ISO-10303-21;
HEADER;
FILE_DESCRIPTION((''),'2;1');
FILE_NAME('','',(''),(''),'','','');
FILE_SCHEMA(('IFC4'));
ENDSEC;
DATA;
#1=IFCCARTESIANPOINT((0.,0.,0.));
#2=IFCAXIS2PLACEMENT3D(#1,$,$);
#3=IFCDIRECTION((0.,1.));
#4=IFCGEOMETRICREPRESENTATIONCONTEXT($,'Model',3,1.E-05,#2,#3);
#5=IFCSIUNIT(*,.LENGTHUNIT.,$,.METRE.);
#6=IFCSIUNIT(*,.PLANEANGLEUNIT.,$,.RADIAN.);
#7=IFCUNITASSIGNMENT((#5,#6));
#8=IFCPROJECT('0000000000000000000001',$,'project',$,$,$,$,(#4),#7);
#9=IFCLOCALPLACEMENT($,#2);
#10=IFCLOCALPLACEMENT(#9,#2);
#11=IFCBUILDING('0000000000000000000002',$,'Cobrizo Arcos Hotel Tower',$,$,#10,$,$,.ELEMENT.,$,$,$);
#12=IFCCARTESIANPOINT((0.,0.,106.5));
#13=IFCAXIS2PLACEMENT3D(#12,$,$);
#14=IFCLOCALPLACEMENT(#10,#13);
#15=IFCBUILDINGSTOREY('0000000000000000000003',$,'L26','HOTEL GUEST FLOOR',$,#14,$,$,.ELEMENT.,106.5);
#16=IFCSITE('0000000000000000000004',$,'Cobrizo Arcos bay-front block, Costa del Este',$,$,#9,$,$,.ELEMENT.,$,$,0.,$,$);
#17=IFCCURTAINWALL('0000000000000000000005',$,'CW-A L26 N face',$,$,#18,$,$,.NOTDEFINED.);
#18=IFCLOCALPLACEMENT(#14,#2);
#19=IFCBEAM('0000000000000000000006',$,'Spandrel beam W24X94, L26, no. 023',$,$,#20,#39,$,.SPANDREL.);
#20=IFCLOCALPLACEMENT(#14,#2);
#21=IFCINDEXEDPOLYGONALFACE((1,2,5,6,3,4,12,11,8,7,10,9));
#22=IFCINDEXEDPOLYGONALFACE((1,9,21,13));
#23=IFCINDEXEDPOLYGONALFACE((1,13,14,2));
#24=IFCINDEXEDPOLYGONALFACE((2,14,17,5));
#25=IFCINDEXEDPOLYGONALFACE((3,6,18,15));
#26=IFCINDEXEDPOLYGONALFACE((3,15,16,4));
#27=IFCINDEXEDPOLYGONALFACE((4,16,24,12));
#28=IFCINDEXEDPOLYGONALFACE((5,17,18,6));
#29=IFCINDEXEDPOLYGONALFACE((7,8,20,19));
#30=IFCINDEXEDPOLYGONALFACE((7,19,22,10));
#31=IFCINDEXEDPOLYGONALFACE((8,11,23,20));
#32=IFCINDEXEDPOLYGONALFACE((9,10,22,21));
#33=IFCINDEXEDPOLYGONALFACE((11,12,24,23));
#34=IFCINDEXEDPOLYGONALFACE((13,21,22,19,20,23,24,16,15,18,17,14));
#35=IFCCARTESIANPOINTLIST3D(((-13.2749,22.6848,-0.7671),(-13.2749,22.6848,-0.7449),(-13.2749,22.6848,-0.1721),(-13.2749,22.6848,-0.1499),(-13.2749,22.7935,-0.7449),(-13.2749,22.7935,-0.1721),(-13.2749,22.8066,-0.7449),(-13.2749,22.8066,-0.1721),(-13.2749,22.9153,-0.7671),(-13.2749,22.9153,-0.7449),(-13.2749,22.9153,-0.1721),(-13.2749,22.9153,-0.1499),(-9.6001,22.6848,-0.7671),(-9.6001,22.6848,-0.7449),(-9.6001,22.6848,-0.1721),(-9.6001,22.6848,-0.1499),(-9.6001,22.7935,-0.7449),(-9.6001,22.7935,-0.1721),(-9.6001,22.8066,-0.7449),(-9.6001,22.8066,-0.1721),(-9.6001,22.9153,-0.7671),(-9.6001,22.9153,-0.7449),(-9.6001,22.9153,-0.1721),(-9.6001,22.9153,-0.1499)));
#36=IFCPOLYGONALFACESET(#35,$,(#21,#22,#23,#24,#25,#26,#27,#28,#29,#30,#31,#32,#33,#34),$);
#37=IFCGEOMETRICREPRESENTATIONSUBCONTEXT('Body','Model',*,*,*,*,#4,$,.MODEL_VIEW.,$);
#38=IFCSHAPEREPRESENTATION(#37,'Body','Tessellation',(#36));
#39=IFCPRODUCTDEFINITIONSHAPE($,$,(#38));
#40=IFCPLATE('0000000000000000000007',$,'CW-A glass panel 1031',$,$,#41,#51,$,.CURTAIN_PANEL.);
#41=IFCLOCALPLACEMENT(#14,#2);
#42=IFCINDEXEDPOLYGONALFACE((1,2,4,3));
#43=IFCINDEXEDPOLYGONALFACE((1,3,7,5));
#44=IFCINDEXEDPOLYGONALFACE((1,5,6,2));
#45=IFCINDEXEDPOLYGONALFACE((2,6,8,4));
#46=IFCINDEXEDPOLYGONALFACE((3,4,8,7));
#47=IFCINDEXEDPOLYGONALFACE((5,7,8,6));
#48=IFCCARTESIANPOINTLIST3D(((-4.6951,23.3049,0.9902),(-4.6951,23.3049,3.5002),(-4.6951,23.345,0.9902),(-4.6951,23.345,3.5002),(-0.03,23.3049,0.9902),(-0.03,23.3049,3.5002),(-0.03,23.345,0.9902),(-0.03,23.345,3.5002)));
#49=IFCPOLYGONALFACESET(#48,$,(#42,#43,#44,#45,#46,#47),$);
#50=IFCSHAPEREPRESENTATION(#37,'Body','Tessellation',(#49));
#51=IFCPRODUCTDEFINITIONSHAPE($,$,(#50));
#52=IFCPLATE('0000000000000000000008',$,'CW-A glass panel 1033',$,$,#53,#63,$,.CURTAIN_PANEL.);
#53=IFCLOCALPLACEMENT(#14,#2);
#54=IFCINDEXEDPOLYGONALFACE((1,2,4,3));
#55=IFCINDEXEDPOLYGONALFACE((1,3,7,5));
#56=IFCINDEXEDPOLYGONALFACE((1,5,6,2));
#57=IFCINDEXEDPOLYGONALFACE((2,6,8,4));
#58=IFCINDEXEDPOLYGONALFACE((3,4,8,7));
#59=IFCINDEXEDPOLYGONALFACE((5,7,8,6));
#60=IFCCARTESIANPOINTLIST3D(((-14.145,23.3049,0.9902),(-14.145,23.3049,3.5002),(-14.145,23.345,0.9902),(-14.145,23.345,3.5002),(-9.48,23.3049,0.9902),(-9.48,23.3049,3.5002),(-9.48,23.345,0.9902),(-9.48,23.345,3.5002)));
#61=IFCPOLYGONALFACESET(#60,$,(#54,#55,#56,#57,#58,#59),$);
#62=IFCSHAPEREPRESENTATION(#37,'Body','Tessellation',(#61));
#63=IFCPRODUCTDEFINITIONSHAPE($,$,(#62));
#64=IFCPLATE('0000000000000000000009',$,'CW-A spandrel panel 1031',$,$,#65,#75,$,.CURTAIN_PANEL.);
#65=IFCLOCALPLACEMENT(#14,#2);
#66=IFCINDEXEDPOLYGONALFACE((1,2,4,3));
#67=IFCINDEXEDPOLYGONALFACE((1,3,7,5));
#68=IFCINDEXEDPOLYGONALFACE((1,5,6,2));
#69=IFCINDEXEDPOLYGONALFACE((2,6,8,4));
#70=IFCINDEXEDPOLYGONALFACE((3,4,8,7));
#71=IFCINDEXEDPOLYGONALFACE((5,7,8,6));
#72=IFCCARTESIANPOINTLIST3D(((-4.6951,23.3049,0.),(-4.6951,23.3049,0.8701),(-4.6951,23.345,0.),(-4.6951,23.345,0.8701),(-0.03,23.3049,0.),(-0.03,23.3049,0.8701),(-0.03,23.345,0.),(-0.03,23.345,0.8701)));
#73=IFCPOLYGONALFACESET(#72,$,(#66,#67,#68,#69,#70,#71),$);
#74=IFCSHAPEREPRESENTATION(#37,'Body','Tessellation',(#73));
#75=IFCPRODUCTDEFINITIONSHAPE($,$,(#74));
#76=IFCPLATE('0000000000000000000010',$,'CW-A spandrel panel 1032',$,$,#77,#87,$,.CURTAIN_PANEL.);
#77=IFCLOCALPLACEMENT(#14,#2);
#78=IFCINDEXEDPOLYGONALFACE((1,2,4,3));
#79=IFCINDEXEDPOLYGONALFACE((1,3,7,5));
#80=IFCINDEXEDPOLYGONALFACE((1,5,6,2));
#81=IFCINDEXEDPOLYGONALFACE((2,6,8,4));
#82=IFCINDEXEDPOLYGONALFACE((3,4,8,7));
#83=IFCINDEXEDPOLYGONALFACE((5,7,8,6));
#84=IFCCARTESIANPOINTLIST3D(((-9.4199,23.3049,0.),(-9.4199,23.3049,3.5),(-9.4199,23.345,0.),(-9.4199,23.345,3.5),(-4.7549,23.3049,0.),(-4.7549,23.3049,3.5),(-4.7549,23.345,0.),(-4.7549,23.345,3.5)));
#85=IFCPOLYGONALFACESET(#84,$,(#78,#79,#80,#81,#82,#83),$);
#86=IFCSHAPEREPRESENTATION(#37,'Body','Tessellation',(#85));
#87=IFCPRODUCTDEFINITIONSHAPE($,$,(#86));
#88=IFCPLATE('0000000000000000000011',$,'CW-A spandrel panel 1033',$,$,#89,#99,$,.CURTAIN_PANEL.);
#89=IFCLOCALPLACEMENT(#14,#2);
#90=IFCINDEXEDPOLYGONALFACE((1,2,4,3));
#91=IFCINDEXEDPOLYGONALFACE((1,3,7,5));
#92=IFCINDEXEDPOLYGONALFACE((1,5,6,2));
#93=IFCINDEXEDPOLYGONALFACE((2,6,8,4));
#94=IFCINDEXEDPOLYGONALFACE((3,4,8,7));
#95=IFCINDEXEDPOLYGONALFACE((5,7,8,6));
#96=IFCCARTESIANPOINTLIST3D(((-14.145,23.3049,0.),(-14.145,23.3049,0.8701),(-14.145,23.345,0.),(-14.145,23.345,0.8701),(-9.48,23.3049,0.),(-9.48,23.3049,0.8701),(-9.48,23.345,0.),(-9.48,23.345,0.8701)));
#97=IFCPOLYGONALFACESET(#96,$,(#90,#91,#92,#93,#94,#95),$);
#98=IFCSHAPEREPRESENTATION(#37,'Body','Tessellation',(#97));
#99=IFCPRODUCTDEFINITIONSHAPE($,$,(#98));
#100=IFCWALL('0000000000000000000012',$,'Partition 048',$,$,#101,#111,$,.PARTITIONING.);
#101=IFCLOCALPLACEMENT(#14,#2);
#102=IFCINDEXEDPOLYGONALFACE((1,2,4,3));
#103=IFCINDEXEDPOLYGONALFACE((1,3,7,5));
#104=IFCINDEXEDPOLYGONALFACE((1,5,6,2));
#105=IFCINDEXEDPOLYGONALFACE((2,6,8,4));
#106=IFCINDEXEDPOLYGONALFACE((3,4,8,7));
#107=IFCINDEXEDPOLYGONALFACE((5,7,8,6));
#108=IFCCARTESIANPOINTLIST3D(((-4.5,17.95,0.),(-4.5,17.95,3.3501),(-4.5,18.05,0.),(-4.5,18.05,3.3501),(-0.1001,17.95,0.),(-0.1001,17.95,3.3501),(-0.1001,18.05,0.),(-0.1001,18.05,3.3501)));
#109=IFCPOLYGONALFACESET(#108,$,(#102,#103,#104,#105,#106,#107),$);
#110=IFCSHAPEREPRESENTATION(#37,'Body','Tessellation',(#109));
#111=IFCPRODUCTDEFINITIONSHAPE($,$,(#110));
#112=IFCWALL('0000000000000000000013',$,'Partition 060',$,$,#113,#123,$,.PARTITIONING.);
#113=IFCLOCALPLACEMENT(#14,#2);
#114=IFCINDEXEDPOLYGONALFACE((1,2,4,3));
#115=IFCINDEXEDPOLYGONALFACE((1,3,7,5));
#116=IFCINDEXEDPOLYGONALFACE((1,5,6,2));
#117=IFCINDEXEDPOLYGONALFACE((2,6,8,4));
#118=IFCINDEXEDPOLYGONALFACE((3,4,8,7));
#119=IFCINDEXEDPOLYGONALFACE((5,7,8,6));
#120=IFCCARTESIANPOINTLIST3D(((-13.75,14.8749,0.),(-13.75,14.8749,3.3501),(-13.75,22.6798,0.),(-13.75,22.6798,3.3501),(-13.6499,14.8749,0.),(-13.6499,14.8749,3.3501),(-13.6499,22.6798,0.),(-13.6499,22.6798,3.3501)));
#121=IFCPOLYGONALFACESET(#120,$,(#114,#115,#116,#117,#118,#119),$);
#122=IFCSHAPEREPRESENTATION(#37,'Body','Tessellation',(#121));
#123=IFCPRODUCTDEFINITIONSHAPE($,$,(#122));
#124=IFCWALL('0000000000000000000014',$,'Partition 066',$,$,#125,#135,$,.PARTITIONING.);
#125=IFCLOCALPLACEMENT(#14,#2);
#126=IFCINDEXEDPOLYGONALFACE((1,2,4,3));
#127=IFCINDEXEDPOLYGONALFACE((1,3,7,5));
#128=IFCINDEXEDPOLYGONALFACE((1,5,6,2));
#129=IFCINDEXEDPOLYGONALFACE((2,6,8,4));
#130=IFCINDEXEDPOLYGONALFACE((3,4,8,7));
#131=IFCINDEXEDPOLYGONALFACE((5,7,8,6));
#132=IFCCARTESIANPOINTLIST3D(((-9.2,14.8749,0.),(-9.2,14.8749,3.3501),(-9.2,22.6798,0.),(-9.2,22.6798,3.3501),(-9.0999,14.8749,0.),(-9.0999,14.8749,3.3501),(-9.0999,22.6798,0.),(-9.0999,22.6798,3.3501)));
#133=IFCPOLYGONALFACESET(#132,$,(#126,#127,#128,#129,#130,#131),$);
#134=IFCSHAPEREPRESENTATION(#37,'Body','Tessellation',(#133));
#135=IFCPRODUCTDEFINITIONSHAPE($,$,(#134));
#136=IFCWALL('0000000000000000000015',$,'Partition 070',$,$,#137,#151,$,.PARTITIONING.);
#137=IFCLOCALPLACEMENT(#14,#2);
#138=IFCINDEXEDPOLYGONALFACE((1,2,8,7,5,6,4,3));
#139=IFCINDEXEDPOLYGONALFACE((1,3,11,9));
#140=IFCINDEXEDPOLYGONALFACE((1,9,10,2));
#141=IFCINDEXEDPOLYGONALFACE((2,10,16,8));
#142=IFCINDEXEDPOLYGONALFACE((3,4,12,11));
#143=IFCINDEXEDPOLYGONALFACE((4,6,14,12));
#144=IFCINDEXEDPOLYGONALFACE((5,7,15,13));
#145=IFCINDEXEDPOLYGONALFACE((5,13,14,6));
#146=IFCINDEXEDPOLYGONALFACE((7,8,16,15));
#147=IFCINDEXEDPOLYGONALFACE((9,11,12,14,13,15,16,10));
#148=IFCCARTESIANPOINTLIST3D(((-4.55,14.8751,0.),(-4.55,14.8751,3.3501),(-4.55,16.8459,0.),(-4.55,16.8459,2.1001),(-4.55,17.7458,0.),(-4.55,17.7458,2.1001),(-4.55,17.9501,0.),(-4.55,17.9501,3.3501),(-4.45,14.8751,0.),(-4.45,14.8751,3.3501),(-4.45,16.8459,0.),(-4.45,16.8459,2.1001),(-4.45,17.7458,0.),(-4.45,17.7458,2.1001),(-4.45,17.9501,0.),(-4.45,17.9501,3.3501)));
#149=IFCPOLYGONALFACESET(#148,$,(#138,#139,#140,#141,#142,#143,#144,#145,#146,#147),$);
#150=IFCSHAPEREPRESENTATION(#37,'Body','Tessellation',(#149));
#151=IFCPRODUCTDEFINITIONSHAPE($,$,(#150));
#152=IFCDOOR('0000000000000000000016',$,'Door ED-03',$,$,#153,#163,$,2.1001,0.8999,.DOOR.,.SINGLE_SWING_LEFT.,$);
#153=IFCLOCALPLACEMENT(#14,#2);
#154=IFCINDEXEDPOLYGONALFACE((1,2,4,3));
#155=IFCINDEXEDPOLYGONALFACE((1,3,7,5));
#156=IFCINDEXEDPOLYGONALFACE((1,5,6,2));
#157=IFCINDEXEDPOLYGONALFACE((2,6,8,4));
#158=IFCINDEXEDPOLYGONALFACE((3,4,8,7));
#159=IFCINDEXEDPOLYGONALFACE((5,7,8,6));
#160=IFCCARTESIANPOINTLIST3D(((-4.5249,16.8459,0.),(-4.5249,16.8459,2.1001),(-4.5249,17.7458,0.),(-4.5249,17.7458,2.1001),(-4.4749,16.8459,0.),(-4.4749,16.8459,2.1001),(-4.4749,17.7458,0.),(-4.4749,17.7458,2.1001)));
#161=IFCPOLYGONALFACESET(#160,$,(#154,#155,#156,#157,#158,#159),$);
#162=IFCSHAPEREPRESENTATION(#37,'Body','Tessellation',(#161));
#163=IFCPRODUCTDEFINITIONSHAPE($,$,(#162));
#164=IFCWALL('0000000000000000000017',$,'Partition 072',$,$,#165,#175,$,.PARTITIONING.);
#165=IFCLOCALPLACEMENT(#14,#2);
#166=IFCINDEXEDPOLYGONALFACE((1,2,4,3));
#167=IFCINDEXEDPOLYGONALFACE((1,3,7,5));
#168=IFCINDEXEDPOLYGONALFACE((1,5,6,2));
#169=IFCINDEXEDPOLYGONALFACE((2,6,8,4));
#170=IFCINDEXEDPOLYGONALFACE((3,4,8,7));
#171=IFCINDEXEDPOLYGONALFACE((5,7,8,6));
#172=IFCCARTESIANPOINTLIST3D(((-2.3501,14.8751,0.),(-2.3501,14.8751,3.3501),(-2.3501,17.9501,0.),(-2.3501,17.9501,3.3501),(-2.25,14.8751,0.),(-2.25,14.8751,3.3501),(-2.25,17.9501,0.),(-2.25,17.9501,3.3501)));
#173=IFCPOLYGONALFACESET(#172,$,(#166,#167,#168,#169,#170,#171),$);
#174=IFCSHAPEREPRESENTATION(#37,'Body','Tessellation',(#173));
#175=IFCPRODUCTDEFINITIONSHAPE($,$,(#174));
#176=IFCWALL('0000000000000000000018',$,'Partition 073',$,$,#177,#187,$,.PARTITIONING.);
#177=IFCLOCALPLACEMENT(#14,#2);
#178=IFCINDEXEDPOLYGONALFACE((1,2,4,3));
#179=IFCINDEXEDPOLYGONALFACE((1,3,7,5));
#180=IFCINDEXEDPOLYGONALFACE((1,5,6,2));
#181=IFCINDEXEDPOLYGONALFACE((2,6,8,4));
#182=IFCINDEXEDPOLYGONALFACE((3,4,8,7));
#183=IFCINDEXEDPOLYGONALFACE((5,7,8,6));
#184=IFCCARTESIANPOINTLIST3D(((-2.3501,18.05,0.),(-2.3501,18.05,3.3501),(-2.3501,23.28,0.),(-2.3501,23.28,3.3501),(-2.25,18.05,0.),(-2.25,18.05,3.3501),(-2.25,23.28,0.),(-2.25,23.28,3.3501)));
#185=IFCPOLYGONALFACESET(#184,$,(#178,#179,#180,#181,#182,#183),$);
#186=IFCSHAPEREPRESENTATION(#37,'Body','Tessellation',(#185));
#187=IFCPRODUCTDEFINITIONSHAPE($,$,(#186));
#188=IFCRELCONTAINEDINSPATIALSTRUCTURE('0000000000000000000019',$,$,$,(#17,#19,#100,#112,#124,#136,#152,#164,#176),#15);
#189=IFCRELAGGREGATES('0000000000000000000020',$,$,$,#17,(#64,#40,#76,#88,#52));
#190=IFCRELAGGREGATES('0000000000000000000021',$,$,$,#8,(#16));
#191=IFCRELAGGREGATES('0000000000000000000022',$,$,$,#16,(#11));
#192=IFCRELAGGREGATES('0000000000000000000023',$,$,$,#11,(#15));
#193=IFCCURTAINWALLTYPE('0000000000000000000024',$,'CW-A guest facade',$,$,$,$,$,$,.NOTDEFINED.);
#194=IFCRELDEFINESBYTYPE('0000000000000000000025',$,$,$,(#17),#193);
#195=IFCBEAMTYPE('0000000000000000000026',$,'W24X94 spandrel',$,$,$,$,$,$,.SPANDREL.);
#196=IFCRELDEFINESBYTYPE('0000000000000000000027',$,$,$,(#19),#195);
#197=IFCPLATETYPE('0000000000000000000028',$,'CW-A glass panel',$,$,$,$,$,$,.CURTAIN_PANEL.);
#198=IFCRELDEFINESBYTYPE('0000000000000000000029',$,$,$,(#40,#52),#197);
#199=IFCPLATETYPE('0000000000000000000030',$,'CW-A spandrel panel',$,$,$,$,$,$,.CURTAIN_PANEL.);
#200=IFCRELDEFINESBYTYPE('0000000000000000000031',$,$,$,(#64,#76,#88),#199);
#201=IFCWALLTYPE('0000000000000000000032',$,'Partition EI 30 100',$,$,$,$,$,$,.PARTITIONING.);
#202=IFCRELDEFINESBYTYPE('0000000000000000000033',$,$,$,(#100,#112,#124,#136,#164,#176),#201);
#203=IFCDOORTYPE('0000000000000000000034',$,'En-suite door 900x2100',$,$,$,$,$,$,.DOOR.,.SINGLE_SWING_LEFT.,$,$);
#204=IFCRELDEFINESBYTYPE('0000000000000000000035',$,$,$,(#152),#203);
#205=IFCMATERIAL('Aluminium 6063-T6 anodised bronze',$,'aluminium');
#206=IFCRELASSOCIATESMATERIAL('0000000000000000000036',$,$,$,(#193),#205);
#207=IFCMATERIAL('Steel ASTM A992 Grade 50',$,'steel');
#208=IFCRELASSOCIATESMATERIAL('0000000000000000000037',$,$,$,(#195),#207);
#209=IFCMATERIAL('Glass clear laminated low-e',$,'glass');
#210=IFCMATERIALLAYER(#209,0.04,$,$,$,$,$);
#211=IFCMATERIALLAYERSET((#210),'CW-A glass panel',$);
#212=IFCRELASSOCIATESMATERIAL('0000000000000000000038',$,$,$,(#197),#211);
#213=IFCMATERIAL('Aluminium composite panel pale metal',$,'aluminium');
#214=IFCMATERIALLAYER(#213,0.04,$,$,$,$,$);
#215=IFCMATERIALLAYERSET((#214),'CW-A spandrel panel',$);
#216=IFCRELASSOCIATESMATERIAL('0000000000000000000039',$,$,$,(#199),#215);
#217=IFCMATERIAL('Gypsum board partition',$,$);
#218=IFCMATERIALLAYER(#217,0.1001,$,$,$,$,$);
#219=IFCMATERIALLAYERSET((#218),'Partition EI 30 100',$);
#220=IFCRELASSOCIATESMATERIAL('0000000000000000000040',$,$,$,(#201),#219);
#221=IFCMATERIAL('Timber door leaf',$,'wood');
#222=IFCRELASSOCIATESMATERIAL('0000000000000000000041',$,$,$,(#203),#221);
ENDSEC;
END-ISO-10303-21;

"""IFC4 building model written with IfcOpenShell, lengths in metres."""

from ifc_helpers import new_model, si_unit, direction, frame, frame_2d, origin, origin_2d, place, context, subcontext, project, spatial, rectangle, i_section, extrude, material, layer, layer_set, material_profile, profile_set, type_object, element, fill, aggregate, save


model = new_model("IFC4")

# Units and contexts
model_context = context("Model", 3, precision=1e-05, world=origin(), true_north=direction((0.0, 1.0)))
body_context = subcontext(model_context, "Body", "Model", "MODEL_VIEW")
ifc_project = project(units=[si_unit("LENGTHUNIT", "METRE"), si_unit("PLANEANGLEUNIT", "RADIAN")], contexts=[model_context])

# Site, building, storey
site_placement = place(None, origin())
site = spatial("IfcSite", under=ifc_project, at=site_placement, Name="Cobrizo Arcos bay-front block, Costa del Este", CompositionType="ELEMENT", RefElevation=0.0)
building_placement = place(site_placement, origin())
building = spatial("IfcBuilding", under=site, at=building_placement, Name="Cobrizo Arcos Hotel Tower", CompositionType="ELEMENT")
storey_placement = place(building_placement, frame((0.0, 0.0, 106.5)))
storey = spatial("IfcBuildingStorey", under=building, at=storey_placement, Name="L26", Description="HOTEL GUEST FLOOR", CompositionType="ELEMENT", Elevation=106.5)

# Curtain wall
ifc_material_1 = material(Name="Aluminium 6063-T6 anodised bronze", Category="aluminium")
curtain_wall_type = type_object("IfcCurtainWallType", Name="CW-A guest facade", PredefinedType="NOTDEFINED", material=ifc_material_1)
curtain_wall_placement = place(storey_placement, origin())
curtain_wall = element("IfcCurtainWall", 1, at=curtain_wall_placement, inside=storey, type_object=curtain_wall_type, Name="CW-A L26 N face", PredefinedType="NOTDEFINED")

# Beam
ifc_material_2 = material(Name="Steel ASTM A992 Grade 50", Category="steel")
ifc_material_profile_1 = material_profile(ifc_material_2, i_section(OverallWidth=0.2305, OverallDepth=0.6172, WebThickness=0.0132, FlangeThickness=0.0222, at=origin_2d()), Name="W24X94")
ifc_profile_set_1 = profile_set([ifc_material_profile_1], Name="Steel ASTM A992 Grade 50")
beam_type_1 = type_object("IfcBeamType", Name="W24X94 spandrel", PredefinedType="SPANDREL", material=ifc_profile_set_1)
beam_1_placement = place(storey_placement, frame((-9.6001, 22.8, -0.4585), z_axis=(-1.0, 0.0, 0.0), x_axis=(0.0, -1.0, 0.0)))
element("IfcBeam", 2, at=beam_1_placement, inside=storey, type_object=beam_type_1, Name="Spandrel beam W24X94, L26, no. 023", PredefinedType="SPANDREL", context=body_context, shape_type="SweptSolid", body=[
    extrude(i_section(OverallWidth=0.2305, OverallDepth=0.6172, WebThickness=0.0132, FlangeThickness=0.0222, at=origin_2d()), origin(), (0.0, 0.0, 1.0), 3.6748),
])

# Plates
ifc_material_3 = material(Name="Glass clear laminated low-e", Category="glass")
ifc_layer_1 = layer(ifc_material_3, 0.04)
ifc_layer_set_1 = layer_set([ifc_layer_1], Name="CW-A glass panel")
plate_type_1 = type_object("IfcPlateType", Name="CW-A glass panel", PredefinedType="CURTAIN_PANEL", material=ifc_layer_set_1)
plate_1_placement = place(storey_placement, frame((-2.3625, 23.325, 0.9902), z_axis=(0.0, 0.0, 1.0), x_axis=(-1.0, 0.0, 0.0)))
plate_1 = element("IfcPlate", 3, at=plate_1_placement, type_object=plate_type_1, Name="CW-A glass panel 1031", PredefinedType="CURTAIN_PANEL", context=body_context, shape_type="SweptSolid", body=[
    extrude(rectangle(XDim=4.665, YDim=0.04, at=origin_2d()), origin(), (0.0, 0.0, 1.0), 2.51),
])
plate_2_placement = place(storey_placement, frame((-11.8125, 23.325, 0.9902), z_axis=(0.0, 0.0, 1.0), x_axis=(-1.0, 0.0, 0.0)))
plate_2 = element("IfcPlate", 4, at=plate_2_placement, type_object=plate_type_1, Name="CW-A glass panel 1033", PredefinedType="CURTAIN_PANEL", context=body_context, shape_type="SweptSolid", body=[
    extrude(rectangle(XDim=4.665, YDim=0.04, at=origin_2d()), origin(), (0.0, 0.0, 1.0), 2.51),
])
ifc_material_4 = material(Name="Aluminium composite panel pale metal", Category="aluminium")
ifc_layer_2 = layer(ifc_material_4, 0.04)
ifc_layer_set_2 = layer_set([ifc_layer_2], Name="CW-A spandrel panel")
plate_type_2 = type_object("IfcPlateType", Name="CW-A spandrel panel", PredefinedType="CURTAIN_PANEL", material=ifc_layer_set_2)
plate_3_placement = place(storey_placement, frame((-2.3625, 23.325, 0.0), z_axis=(0.0, 0.0, 1.0), x_axis=(-1.0, 0.0, 0.0)))
plate_3 = element("IfcPlate", 5, at=plate_3_placement, type_object=plate_type_2, Name="CW-A spandrel panel 1031", PredefinedType="CURTAIN_PANEL", context=body_context, shape_type="SweptSolid", body=[
    extrude(rectangle(XDim=4.665, YDim=0.04, at=origin_2d()), origin(), (0.0, 0.0, 1.0), 0.8701),
])
plate_4_placement = place(storey_placement, frame((-7.0874, 23.325, 0.0), z_axis=(0.0, 0.0, 1.0), x_axis=(-1.0, 0.0, 0.0)))
plate_4 = element("IfcPlate", 6, at=plate_4_placement, type_object=plate_type_2, Name="CW-A spandrel panel 1032", PredefinedType="CURTAIN_PANEL", context=body_context, shape_type="SweptSolid", body=[
    extrude(rectangle(XDim=4.665, YDim=0.04, at=origin_2d()), origin(), (0.0, 0.0, 1.0), 3.5),
])
plate_5_placement = place(storey_placement, frame((-11.8125, 23.325, 0.0), z_axis=(0.0, 0.0, 1.0), x_axis=(-1.0, 0.0, 0.0)))
plate_5 = element("IfcPlate", 7, at=plate_5_placement, type_object=plate_type_2, Name="CW-A spandrel panel 1033", PredefinedType="CURTAIN_PANEL", context=body_context, shape_type="SweptSolid", body=[
    extrude(rectangle(XDim=4.665, YDim=0.04, at=origin_2d()), origin(), (0.0, 0.0, 1.0), 0.8701),
])
aggregate(curtain_wall, [plate_3, plate_1, plate_4, plate_5, plate_2])

# Walls
ifc_material_5 = material(Name="Gypsum board partition")
ifc_layer_3 = layer(ifc_material_5, 0.1001)
ifc_layer_set_3 = layer_set([ifc_layer_3], Name="Partition EI 30 100")
wall_type = type_object("IfcWallType", Name="Partition EI 30 100", PredefinedType="PARTITIONING", material=ifc_layer_set_3)
wall_1_placement = place(storey_placement, frame((-4.5, 18.0, 0.0), z_axis=(0.0, 0.0, 1.0), x_axis=(1.0, 0.0, 0.0)))
element("IfcWall", 8, at=wall_1_placement, inside=storey, type_object=wall_type, Name="Partition 048", PredefinedType="PARTITIONING", context=body_context, shape_type="SweptSolid", body=[
    extrude(rectangle(XDim=4.3999, YDim=0.1001, at=frame_2d((2.2, 0.0))), origin(), (0.0, 0.0, 1.0), 3.3501),
])
for number, where, z_axis, x_axis, name in (
    (9, (-13.7, 14.875, 0.0), (0.0, 0.0, 1.0), (0.0, 1.0, 0.0), "Partition 060"),
    (10, (-9.1499, 14.875, 0.0), (0.0, 0.0, 1.0), (0.0, 1.0, 0.0), "Partition 066"),
):
    element("IfcWall", number, at=place(storey_placement, frame(where, z_axis=z_axis, x_axis=x_axis)), inside=storey, type_object=wall_type, Name=name, PredefinedType="PARTITIONING", context=body_context, shape_type="SweptSolid", body=[
        extrude(rectangle(XDim=7.8049, YDim=0.1001, at=frame_2d((3.9023, 0.0))), origin(), (0.0, 0.0, 1.0), 3.3501),
    ])

# Wall, opening, door
wall_2_placement = place(storey_placement, frame((-4.5, 14.875, 0.0), z_axis=(0.0, 0.0, 1.0), x_axis=(0.0, 1.0, 0.0)))
wall_2 = element("IfcWall", 11, at=wall_2_placement, inside=storey, type_object=wall_type, Name="Partition 070", PredefinedType="PARTITIONING", context=body_context, shape_type="SweptSolid", body=[
    extrude(rectangle(XDim=3.075, YDim=0.1001, at=frame_2d((1.5376, 0.0))), origin(), (0.0, 0.0, 1.0), 3.3501),
])
opening_1_placement = place(wall_2_placement, frame((1.9709, 0.0, 0.0)))
opening_1 = element("IfcOpeningElement", 12, at=opening_1_placement, cuts=wall_2, PredefinedType="OPENING", context=body_context, shape_type="SweptSolid", body=[
    extrude(rectangle(XDim=0.8999, YDim=2.1001, at=frame_2d((0.45, 1.05))), frame((0.0, 0.062, 0.0), z_axis=(0.0, -1.0, 0.0), x_axis=(1.0, 0.0, 0.0)), (0.0, 0.0, 1.0), 0.124),
])
ifc_material_6 = material(Name="Timber door leaf", Category="wood")
door_type = type_object("IfcDoorType", Name="En-suite door 900x2100", OperationType="SINGLE_SWING_LEFT", PredefinedType="DOOR", material=ifc_material_6)
door_1_placement = place(opening_1_placement, origin())
door_1 = element("IfcDoor", 13, at=door_1_placement, inside=storey, type_object=door_type, Name="Door ED-03", OperationType="SINGLE_SWING_LEFT", OverallHeight=2.1001, OverallWidth=0.8999, PredefinedType="DOOR", context=body_context, shape_type="SweptSolid", body=[
    extrude(rectangle(XDim=0.8999, YDim=2.1001, at=frame_2d((0.45, 1.05))), frame((0.0, 0.0249, 0.0), z_axis=(0.0, -1.0, 0.0), x_axis=(1.0, 0.0, 0.0)), (0.0, 0.0, 1.0), 0.05),
])
fill(opening_1, door_1)

# Walls
wall_3_placement = place(storey_placement, frame((-2.3, 14.875, 0.0), z_axis=(0.0, 0.0, 1.0), x_axis=(0.0, 1.0, 0.0)))
element("IfcWall", 14, at=wall_3_placement, inside=storey, type_object=wall_type, Name="Partition 072", PredefinedType="PARTITIONING", context=body_context, shape_type="SweptSolid", body=[
    extrude(rectangle(XDim=3.075, YDim=0.1001, at=frame_2d((1.5376, 0.0))), origin(), (0.0, 0.0, 1.0), 3.3501),
])
wall_4_placement = place(storey_placement, frame((-2.3, 18.05, 0.0), z_axis=(0.0, 0.0, 1.0), x_axis=(0.0, 1.0, 0.0)))
element("IfcWall", 15, at=wall_4_placement, inside=storey, type_object=wall_type, Name="Partition 073", PredefinedType="PARTITIONING", context=body_context, shape_type="SweptSolid", body=[
    extrude(rectangle(XDim=5.23, YDim=0.1001, at=frame_2d((2.615, 0.0))), origin(), (0.0, 0.0, 1.0), 3.3501),
])

save(model, "model.ifc")
